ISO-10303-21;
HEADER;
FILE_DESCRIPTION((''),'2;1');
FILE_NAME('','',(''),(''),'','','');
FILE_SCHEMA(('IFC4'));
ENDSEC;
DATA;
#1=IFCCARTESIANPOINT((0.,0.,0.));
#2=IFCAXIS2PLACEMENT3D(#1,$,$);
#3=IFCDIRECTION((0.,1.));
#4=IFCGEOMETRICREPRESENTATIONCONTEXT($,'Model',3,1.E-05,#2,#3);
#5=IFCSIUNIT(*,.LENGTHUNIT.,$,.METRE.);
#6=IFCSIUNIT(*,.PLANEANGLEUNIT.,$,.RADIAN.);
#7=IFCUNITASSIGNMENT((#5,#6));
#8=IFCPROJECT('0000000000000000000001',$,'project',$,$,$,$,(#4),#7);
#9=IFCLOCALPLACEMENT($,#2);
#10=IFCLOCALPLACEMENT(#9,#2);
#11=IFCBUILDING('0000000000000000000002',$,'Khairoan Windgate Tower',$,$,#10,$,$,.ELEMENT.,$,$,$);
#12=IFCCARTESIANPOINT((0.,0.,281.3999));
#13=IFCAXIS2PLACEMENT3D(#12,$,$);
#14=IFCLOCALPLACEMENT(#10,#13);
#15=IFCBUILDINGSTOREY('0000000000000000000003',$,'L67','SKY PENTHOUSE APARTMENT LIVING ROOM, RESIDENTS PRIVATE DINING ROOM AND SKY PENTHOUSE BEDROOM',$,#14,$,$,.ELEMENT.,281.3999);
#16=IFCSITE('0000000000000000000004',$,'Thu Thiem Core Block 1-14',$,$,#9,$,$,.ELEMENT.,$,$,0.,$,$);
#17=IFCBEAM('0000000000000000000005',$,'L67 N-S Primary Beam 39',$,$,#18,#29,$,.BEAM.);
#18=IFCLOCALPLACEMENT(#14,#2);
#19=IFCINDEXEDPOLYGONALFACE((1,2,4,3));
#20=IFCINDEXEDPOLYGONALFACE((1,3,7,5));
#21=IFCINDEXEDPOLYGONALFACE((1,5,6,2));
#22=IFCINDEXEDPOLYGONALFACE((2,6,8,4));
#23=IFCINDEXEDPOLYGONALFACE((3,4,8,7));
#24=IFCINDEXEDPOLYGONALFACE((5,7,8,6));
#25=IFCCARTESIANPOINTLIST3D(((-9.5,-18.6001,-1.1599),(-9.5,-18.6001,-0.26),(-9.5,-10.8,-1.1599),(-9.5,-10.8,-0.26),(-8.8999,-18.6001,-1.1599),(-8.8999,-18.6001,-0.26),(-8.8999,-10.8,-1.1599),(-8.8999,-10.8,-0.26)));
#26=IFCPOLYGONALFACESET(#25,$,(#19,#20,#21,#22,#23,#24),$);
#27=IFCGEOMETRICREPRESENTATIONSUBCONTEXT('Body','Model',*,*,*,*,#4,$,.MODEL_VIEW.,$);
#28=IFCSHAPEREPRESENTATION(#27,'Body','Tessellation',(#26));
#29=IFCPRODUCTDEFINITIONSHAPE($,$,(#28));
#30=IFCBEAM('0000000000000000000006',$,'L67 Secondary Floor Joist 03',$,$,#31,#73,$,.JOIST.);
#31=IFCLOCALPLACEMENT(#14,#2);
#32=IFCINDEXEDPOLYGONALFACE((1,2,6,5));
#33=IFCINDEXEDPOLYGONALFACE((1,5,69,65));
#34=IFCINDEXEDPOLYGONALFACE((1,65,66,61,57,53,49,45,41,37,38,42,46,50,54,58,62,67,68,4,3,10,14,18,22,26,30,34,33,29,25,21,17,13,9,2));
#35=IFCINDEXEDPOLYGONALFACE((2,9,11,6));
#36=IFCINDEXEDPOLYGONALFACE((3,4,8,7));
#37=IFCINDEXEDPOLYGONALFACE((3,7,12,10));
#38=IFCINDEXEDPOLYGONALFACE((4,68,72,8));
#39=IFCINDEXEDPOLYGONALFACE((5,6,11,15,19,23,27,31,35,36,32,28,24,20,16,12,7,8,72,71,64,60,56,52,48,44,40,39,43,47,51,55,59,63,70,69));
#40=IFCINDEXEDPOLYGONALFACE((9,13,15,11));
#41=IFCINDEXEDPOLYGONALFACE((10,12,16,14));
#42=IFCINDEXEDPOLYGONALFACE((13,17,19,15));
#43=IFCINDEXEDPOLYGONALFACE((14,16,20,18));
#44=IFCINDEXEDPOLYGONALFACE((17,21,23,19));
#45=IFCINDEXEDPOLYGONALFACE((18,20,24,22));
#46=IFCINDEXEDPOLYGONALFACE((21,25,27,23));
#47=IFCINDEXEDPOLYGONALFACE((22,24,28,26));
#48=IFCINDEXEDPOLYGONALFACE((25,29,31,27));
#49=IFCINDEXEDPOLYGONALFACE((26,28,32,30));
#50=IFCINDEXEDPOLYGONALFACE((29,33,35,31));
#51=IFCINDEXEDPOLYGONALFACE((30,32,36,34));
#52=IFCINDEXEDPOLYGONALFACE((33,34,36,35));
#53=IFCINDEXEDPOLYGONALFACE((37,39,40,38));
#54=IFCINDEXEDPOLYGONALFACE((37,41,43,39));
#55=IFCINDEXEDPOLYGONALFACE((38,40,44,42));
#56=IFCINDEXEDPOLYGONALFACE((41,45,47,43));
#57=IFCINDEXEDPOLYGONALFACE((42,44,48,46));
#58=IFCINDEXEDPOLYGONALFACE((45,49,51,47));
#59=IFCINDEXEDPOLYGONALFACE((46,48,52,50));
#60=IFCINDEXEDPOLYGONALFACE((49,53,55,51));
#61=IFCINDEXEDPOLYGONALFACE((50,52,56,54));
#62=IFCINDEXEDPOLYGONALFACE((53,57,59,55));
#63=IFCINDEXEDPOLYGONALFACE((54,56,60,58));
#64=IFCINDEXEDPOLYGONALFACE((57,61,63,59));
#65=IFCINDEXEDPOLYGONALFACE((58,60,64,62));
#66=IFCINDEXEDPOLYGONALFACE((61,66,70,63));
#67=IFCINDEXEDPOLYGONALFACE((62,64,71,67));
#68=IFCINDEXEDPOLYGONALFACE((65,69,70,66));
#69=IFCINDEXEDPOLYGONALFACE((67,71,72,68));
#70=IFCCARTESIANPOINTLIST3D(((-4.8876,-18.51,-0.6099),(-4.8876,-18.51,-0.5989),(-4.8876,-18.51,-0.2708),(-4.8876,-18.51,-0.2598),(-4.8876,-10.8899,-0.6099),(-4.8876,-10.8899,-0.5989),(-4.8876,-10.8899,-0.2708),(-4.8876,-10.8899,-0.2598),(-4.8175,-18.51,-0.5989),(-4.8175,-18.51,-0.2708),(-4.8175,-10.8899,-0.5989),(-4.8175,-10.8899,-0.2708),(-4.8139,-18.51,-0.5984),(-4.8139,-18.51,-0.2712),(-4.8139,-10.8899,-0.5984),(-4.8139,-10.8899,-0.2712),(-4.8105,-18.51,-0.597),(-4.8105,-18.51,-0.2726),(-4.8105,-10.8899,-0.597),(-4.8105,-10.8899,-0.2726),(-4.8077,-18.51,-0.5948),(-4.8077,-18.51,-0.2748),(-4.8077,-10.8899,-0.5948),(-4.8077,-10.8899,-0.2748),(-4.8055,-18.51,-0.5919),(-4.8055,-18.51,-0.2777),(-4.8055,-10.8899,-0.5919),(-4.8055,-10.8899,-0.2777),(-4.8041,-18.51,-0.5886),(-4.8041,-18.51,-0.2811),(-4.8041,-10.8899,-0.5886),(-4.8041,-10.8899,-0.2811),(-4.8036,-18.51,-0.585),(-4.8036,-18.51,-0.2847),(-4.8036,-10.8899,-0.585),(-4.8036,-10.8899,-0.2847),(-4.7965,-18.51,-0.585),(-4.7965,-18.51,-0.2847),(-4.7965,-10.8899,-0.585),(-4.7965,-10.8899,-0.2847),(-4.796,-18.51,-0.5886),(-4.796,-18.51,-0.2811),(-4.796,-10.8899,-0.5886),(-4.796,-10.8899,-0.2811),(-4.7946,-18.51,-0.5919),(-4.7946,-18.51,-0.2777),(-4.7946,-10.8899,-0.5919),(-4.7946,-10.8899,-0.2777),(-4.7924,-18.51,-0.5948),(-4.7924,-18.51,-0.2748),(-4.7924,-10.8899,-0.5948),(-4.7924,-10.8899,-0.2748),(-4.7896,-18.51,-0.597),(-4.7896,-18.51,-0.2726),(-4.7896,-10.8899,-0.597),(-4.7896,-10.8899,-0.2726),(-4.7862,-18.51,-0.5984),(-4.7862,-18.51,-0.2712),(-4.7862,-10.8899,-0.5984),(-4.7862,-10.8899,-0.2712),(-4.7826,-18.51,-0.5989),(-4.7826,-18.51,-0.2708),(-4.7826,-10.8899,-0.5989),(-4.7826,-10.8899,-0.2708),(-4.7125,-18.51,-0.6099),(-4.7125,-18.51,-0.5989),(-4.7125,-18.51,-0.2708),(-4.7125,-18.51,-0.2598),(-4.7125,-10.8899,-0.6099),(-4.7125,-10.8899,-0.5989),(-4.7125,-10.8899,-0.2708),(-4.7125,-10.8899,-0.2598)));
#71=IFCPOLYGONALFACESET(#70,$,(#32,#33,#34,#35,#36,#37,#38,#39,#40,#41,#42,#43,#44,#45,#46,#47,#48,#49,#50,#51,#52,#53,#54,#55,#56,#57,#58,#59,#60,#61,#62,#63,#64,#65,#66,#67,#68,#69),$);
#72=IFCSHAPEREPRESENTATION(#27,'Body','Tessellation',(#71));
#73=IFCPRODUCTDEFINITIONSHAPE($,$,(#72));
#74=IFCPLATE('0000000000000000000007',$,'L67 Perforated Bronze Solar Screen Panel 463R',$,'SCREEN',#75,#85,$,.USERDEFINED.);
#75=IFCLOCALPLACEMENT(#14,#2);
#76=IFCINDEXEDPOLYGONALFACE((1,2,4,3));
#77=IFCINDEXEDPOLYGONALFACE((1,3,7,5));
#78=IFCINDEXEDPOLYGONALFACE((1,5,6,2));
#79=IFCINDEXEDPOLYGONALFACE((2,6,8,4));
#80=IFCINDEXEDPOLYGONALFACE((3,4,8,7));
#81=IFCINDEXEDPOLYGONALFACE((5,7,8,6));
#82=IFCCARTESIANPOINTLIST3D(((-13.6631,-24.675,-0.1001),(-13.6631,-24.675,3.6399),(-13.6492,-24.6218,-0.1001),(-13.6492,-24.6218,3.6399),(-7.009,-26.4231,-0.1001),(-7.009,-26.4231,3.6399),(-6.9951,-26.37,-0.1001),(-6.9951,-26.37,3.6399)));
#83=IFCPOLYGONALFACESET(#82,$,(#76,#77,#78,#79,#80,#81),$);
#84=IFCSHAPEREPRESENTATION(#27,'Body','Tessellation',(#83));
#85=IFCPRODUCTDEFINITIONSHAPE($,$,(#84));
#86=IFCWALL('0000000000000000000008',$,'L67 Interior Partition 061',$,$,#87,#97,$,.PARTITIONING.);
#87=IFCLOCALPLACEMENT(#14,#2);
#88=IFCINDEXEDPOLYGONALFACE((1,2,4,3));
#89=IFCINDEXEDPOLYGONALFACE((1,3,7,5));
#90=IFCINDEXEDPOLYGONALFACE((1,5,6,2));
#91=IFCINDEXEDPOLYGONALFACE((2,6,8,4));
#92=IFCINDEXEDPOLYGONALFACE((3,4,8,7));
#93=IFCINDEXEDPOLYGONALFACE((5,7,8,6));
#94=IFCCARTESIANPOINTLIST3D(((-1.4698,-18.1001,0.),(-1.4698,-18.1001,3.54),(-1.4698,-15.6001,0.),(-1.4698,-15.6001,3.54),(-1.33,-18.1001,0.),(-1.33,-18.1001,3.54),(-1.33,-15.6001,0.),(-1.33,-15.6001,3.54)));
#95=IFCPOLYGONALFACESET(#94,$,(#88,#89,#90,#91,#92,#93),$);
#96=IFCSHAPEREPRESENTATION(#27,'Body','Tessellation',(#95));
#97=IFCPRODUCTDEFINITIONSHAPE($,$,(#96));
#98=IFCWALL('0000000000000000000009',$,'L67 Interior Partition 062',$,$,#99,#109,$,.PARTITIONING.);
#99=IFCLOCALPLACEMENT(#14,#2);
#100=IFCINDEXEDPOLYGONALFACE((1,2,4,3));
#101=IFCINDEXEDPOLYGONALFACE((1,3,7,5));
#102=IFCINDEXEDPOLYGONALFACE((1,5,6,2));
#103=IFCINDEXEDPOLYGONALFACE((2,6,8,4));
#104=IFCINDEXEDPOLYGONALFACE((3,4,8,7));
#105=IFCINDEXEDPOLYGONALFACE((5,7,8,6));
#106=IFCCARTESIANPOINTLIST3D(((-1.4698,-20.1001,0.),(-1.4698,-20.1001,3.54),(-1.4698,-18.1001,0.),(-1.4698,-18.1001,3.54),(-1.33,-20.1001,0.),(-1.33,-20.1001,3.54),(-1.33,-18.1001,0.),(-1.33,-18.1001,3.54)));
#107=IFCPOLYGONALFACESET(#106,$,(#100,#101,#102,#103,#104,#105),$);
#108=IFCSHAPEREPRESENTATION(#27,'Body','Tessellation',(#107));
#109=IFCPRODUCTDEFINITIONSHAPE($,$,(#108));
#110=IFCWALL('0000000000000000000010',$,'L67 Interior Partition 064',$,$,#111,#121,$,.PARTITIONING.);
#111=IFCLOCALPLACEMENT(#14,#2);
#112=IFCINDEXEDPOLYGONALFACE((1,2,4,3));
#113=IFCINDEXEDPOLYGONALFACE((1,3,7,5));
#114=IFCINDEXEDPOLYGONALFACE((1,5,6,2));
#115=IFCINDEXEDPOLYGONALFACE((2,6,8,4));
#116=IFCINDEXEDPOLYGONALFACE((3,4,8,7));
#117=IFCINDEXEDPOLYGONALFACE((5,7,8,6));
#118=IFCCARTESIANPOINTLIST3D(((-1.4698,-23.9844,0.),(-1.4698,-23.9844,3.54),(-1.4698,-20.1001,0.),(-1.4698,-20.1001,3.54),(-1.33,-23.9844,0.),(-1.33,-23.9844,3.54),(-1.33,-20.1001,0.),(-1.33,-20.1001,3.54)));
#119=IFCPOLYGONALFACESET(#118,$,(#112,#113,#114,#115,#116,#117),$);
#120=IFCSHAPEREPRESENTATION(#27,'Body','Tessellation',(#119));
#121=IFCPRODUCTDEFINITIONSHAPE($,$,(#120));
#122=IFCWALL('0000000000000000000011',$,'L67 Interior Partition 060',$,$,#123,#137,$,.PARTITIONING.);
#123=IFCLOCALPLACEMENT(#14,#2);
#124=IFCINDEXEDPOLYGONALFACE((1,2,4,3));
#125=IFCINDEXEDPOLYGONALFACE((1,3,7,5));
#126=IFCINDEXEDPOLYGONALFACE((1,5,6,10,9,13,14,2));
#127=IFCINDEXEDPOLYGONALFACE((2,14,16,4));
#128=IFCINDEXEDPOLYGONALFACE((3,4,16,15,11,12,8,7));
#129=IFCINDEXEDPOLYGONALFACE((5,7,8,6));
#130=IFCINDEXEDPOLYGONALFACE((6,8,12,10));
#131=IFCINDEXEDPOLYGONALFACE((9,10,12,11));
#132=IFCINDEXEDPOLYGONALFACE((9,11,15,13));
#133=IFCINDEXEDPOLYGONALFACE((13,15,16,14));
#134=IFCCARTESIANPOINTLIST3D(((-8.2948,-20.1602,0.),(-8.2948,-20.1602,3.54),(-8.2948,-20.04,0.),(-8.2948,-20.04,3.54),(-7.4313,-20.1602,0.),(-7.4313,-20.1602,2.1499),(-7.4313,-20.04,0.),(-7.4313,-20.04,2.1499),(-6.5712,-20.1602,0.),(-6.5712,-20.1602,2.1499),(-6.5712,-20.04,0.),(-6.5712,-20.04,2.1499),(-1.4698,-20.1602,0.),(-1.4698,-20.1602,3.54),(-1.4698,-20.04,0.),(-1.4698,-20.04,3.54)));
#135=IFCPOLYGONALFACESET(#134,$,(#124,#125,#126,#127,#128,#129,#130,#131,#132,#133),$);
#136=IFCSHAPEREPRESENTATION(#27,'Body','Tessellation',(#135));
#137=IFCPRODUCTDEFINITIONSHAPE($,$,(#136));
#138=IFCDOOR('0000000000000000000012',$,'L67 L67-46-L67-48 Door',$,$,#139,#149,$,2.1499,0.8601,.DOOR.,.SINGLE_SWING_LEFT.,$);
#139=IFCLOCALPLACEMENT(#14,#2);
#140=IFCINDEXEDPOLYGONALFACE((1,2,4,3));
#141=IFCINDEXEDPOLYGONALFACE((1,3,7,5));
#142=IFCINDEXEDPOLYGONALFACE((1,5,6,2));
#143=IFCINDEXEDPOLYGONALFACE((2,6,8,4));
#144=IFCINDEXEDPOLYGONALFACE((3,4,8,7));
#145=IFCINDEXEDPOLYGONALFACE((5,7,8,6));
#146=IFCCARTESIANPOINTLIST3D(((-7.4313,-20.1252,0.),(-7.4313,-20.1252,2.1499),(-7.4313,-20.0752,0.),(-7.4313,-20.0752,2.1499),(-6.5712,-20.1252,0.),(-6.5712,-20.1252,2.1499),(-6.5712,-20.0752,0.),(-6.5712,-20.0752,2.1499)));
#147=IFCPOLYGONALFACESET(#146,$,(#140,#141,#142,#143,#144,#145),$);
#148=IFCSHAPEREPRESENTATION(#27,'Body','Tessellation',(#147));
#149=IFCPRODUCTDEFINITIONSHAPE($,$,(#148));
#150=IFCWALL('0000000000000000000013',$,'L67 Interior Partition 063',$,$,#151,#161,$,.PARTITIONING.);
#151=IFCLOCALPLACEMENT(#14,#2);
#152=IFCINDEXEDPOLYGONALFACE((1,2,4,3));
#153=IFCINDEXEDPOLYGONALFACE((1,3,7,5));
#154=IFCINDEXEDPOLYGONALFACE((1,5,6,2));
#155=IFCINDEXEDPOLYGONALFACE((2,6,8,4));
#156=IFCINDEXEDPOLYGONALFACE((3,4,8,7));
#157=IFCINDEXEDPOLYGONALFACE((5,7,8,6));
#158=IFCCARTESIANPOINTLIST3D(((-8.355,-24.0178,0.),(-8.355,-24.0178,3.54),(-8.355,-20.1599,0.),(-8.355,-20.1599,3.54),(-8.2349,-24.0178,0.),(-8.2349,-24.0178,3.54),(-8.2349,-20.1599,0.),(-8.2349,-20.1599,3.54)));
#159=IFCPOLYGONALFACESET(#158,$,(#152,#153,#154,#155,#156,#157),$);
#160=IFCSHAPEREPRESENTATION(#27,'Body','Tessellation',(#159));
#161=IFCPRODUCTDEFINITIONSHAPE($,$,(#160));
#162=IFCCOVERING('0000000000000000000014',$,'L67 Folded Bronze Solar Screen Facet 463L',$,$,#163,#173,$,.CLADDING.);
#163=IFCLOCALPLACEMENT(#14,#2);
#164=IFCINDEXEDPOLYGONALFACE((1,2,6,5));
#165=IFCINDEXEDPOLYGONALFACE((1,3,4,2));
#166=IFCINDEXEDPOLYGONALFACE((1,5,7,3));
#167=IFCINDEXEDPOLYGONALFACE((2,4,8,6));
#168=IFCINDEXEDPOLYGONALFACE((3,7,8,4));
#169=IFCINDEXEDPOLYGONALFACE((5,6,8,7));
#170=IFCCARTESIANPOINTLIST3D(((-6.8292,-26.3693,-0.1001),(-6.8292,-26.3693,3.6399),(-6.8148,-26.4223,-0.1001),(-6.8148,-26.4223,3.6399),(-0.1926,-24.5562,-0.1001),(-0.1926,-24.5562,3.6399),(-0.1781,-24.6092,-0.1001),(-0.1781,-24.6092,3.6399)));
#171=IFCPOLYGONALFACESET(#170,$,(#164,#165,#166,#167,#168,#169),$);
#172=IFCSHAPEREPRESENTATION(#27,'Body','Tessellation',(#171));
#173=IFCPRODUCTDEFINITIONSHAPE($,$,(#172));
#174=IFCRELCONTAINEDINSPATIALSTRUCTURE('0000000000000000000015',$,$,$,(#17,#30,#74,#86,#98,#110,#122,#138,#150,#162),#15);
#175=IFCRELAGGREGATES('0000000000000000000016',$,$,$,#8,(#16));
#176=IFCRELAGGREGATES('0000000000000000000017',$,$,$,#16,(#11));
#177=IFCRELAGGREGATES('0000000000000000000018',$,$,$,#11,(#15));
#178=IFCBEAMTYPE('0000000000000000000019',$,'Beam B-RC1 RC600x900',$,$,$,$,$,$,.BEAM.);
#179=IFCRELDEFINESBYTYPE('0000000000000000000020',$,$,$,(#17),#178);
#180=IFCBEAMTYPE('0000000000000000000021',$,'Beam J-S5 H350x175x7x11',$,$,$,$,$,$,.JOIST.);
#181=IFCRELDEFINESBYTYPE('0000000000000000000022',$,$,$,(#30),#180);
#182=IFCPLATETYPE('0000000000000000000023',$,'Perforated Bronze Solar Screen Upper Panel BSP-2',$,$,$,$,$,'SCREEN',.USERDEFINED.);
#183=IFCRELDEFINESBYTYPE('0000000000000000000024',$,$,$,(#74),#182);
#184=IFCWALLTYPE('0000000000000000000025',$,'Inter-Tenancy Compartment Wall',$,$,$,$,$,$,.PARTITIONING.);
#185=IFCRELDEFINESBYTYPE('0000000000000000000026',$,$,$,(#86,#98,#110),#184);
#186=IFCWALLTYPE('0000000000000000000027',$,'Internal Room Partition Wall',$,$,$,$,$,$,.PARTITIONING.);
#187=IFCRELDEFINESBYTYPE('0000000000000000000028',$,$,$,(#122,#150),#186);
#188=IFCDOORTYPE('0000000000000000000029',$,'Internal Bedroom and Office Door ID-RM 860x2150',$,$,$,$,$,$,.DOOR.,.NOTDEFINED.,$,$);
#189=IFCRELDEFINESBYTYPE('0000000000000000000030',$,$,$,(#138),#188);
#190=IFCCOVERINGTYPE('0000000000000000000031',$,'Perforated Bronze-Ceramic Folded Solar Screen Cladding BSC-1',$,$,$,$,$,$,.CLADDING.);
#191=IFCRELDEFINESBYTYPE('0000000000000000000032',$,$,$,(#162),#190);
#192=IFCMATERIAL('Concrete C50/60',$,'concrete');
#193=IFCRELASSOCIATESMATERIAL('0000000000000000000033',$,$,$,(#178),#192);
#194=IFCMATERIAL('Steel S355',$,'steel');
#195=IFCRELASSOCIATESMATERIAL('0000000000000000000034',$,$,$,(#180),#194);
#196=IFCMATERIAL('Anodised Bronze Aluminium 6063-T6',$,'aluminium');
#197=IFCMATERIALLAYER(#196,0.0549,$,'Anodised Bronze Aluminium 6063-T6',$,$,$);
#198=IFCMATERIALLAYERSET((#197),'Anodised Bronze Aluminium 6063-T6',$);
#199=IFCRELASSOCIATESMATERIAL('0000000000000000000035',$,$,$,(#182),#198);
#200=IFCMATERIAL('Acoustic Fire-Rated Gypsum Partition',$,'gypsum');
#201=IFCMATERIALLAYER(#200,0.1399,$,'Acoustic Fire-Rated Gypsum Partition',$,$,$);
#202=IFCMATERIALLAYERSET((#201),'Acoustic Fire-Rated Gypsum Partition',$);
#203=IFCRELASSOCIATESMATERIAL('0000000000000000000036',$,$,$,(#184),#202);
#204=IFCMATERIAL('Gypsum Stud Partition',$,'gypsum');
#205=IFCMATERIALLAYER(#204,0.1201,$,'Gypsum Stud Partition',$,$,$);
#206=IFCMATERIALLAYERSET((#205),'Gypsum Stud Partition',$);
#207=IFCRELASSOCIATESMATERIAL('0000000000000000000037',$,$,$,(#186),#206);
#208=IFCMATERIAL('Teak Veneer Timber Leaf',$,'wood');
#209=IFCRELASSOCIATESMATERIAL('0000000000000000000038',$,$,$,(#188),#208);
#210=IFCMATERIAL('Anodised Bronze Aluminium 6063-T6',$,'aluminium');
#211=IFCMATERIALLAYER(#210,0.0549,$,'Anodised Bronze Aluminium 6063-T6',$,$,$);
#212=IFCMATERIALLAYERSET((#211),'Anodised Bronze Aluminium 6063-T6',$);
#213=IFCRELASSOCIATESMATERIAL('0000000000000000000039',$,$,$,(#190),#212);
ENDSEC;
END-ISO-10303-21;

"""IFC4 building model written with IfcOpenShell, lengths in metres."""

from ifc_helpers import new_model, si_unit, direction, frame, frame_2d, origin, origin_2d, place, context, subcontext, project, spatial, rectangle, i_section, extrude, material, layer, layer_set, material_profile, profile_set, type_object, element, fill, save


model = new_model("IFC4")

# Units and contexts
model_context = context("Model", 3, precision=1e-05, world=origin(), true_north=direction((0.0, 1.0)))
body_context = subcontext(model_context, "Body", "Model", "MODEL_VIEW")
ifc_project = project(units=[si_unit("LENGTHUNIT", "METRE"), si_unit("PLANEANGLEUNIT", "RADIAN")], contexts=[model_context])

# Site, building, storey
site_placement = place(None, origin())
site = spatial("IfcSite", under=ifc_project, at=site_placement, Name="Thu Thiem Core Block 1-14", CompositionType="ELEMENT", RefElevation=0.0)
building_placement = place(site_placement, origin())
building = spatial("IfcBuilding", under=site, at=building_placement, Name="Khairoan Windgate Tower", CompositionType="ELEMENT")
storey_placement = place(building_placement, frame((0.0, 0.0, 281.3999)))
storey = spatial("IfcBuildingStorey", under=building, at=storey_placement, Name="L67", Description="SKY PENTHOUSE APARTMENT LIVING ROOM, RESIDENTS PRIVATE DINING ROOM AND SKY PENTHOUSE BEDROOM", CompositionType="ELEMENT", Elevation=281.3999)

# Beams
ifc_material_1 = material(Name="Concrete C50/60", Category="concrete")
ifc_material_profile_1 = material_profile(ifc_material_1, rectangle(XDim=0.6001, YDim=0.8999, at=origin_2d()))
ifc_profile_set_1 = profile_set([ifc_material_profile_1], Name="Concrete C50/60")
beam_type_1 = type_object("IfcBeamType", Name="Beam B-RC1 RC600x900", PredefinedType="BEAM", material=ifc_profile_set_1)
beam_1_placement = place(storey_placement, frame((-9.2, -18.6001, -0.71), z_axis=(0.0, 1.0, 0.0), x_axis=(-1.0, 0.0, 0.0)))
element("IfcBeam", 1, at=beam_1_placement, inside=storey, type_object=beam_type_1, Name="L67 N-S Primary Beam 39", PredefinedType="BEAM", context=body_context, shape_type="SweptSolid", body=[
    extrude(rectangle(XDim=0.6001, YDim=0.8999, at=origin_2d()), origin(), (0.0, 0.0, 1.0), 7.8),
])
ifc_material_2 = material(Name="Steel S355", Category="steel")
ifc_material_profile_2 = material_profile(ifc_material_2, i_section(OverallWidth=0.175, OverallDepth=0.3501, WebThickness=0.0071, FlangeThickness=0.011, FilletRadius=0.0139, at=origin_2d()))
ifc_profile_set_2 = profile_set([ifc_material_profile_2], Name="Steel S355")
beam_type_2 = type_object("IfcBeamType", Name="Beam J-S5 H350x175x7x11", PredefinedType="JOIST", material=ifc_profile_set_2)
beam_2_placement = place(storey_placement, frame((-4.8, -18.51, -0.4348), z_axis=(0.0, 1.0, 0.0), x_axis=(-1.0, 0.0, 0.0)))
element("IfcBeam", 2, at=beam_2_placement, inside=storey, type_object=beam_type_2, Name="L67 Secondary Floor Joist 03", PredefinedType="JOIST", context=body_context, shape_type="SweptSolid", body=[
    extrude(i_section(OverallWidth=0.175, OverallDepth=0.3501, WebThickness=0.0071, FlangeThickness=0.011, FilletRadius=0.0139, at=origin_2d()), origin(), (0.0, 0.0, 1.0), 7.6201),
])

# Plate
ifc_material_3 = material(Name="Anodised Bronze Aluminium 6063-T6", Category="aluminium")
ifc_layer_1 = layer(ifc_material_3, 0.0549, Name="Anodised Bronze Aluminium 6063-T6")
ifc_layer_set_1 = layer_set([ifc_layer_1], Name="Anodised Bronze Aluminium 6063-T6")
plate_type = type_object("IfcPlateType", Name="Perforated Bronze Solar Screen Upper Panel BSP-2", ElementType="SCREEN", PredefinedType="USERDEFINED", material=ifc_layer_set_1)
plate_placement = place(storey_placement, frame((-10.3291, -25.5225, -0.1001), z_axis=(0.0, 0.0, 1.0), x_axis=(-0.967179, 0.254096, 0.0)))
element("IfcPlate", 3, at=plate_placement, inside=storey, type_object=plate_type, Name="L67 Perforated Bronze Solar Screen Panel 463R", ObjectType="SCREEN", PredefinedType="USERDEFINED", context=body_context, shape_type="SweptSolid", body=[
    extrude(rectangle(XDim=6.8799, YDim=0.0549, at=origin_2d()), origin(), (0.0, 0.0, 1.0), 3.74),
])

# Walls
ifc_material_4 = material(Name="Acoustic Fire-Rated Gypsum Partition", Category="gypsum")
ifc_layer_2 = layer(ifc_material_4, 0.1399, Name="Acoustic Fire-Rated Gypsum Partition")
ifc_layer_set_2 = layer_set([ifc_layer_2], Name="Acoustic Fire-Rated Gypsum Partition")
wall_type_1 = type_object("IfcWallType", Name="Inter-Tenancy Compartment Wall", PredefinedType="PARTITIONING", material=ifc_layer_set_2)
wall_1_placement = place(storey_placement, frame((-1.3999, -18.1001, 0.0), z_axis=(0.0, 0.0, 1.0), x_axis=(0.0, 1.0, 0.0)))
element("IfcWall", 4, at=wall_1_placement, inside=storey, type_object=wall_type_1, Name="L67 Interior Partition 061", PredefinedType="PARTITIONING", context=body_context, shape_type="SweptSolid", body=[
    extrude(rectangle(XDim=2.5, YDim=0.1399, at=frame_2d((1.25, 0.0))), origin(), (0.0, 0.0, 1.0), 3.54),
])
wall_2_placement = place(storey_placement, frame((-1.3999, -20.1001, 0.0), z_axis=(0.0, 0.0, 1.0), x_axis=(0.0, 1.0, 0.0)))
element("IfcWall", 5, at=wall_2_placement, inside=storey, type_object=wall_type_1, Name="L67 Interior Partition 062", PredefinedType="PARTITIONING", context=body_context, shape_type="SweptSolid", body=[
    extrude(rectangle(XDim=2.0, YDim=0.1399, at=frame_2d((1.0, 0.0))), origin(), (0.0, 0.0, 1.0), 3.54),
])
wall_3_placement = place(storey_placement, frame((-1.3999, -23.9844, 0.0), z_axis=(0.0, 0.0, 1.0), x_axis=(0.0, 1.0, 0.0)))
element("IfcWall", 6, at=wall_3_placement, inside=storey, type_object=wall_type_1, Name="L67 Interior Partition 064", PredefinedType="PARTITIONING", context=body_context, shape_type="SweptSolid", body=[
    extrude(rectangle(XDim=3.8843, YDim=0.1399, at=frame_2d((1.9421, 0.0))), origin(), (0.0, 0.0, 1.0), 3.54),
])

# Wall, opening, door
ifc_material_5 = material(Name="Gypsum Stud Partition", Category="gypsum")
ifc_layer_3 = layer(ifc_material_5, 0.1201, Name="Gypsum Stud Partition")
ifc_layer_set_3 = layer_set([ifc_layer_3], Name="Gypsum Stud Partition")
wall_type_2 = type_object("IfcWallType", Name="Internal Room Partition Wall", PredefinedType="PARTITIONING", material=ifc_layer_set_3)
wall_4_placement = place(storey_placement, frame((-8.2949, -20.1001, 0.0), z_axis=(0.0, 0.0, 1.0), x_axis=(1.0, 0.0, 0.0)))
wall_4 = element("IfcWall", 7, at=wall_4_placement, inside=storey, type_object=wall_type_2, Name="L67 Interior Partition 060", PredefinedType="PARTITIONING", context=body_context, shape_type="SweptSolid", body=[
    extrude(rectangle(XDim=6.825, YDim=0.1201, at=frame_2d((3.4126, 0.0))), origin(), (0.0, 0.0, 1.0), 3.54),
])
opening_placement = place(wall_4_placement, frame((0.8635, 0.0, 0.0)))
opening = element("IfcOpeningElement", 8, at=opening_placement, cuts=wall_4, PredefinedType="OPENING", context=body_context, shape_type="SweptSolid", body=[
    extrude(rectangle(XDim=0.8601, YDim=2.1499, at=frame_2d((0.4302, 1.075))), frame((0.0, 0.0701, 0.0), z_axis=(0.0, -1.0, 0.0), x_axis=(1.0, 0.0, 0.0)), (0.0, 0.0, 1.0), 0.1401),
])
ifc_material_6 = material(Name="Teak Veneer Timber Leaf", Category="wood")
door_type = type_object("IfcDoorType", Name="Internal Bedroom and Office Door ID-RM 860x2150", OperationType="NOTDEFINED", PredefinedType="DOOR", material=ifc_material_6)
door_placement = place(opening_placement, origin())
door = element("IfcDoor", 9, at=door_placement, inside=storey, type_object=door_type, Name="L67 L67-46-L67-48 Door", OperationType="SINGLE_SWING_LEFT", OverallHeight=2.1499, OverallWidth=0.8601, PredefinedType="DOOR", context=body_context, shape_type="SweptSolid", body=[
    extrude(rectangle(XDim=0.8601, YDim=2.1499, at=frame_2d((0.4302, 1.075))), frame((0.0, 0.0249, 0.0), z_axis=(0.0, -1.0, 0.0), x_axis=(1.0, 0.0, 0.0)), (0.0, 0.0, 1.0), 0.05),
])
fill(opening, door)

# Wall
wall_5_placement = place(storey_placement, frame((-8.2949, -24.0178, 0.0), z_axis=(0.0, 0.0, 1.0), x_axis=(0.0, 1.0, 0.0)))
element("IfcWall", 10, at=wall_5_placement, inside=storey, type_object=wall_type_2, Name="L67 Interior Partition 063", PredefinedType="PARTITIONING", context=body_context, shape_type="SweptSolid", body=[
    extrude(rectangle(XDim=3.8579, YDim=0.1201, at=frame_2d((1.929, 0.0))), origin(), (0.0, 0.0, 1.0), 3.54),
])

# Covering
ifc_material_7 = material(Name="Anodised Bronze Aluminium 6063-T6", Category="aluminium")
ifc_layer_4 = layer(ifc_material_7, 0.0549, Name="Anodised Bronze Aluminium 6063-T6")
ifc_layer_set_4 = layer_set([ifc_layer_4], Name="Anodised Bronze Aluminium 6063-T6")
covering_type = type_object("IfcCoveringType", Name="Perforated Bronze-Ceramic Folded Solar Screen Cladding BSC-1", PredefinedType="CLADDING", material=ifc_layer_set_4)
covering_placement = place(storey_placement, frame((-3.5037, -25.4893, -0.1001), z_axis=(0.0, 0.0, 1.0), x_axis=(-0.964649, -0.263536, 0.0)))
element("IfcCovering", 11, at=covering_placement, inside=storey, type_object=covering_type, Name="L67 Folded Bronze Solar Screen Facet 463L", PredefinedType="CLADDING", context=body_context, shape_type="SweptSolid", body=[
    extrude(rectangle(XDim=6.8799, YDim=0.0549, at=origin_2d()), origin(), (0.0, 0.0, 1.0), 3.74),
])

save(model, "model.ifc")
